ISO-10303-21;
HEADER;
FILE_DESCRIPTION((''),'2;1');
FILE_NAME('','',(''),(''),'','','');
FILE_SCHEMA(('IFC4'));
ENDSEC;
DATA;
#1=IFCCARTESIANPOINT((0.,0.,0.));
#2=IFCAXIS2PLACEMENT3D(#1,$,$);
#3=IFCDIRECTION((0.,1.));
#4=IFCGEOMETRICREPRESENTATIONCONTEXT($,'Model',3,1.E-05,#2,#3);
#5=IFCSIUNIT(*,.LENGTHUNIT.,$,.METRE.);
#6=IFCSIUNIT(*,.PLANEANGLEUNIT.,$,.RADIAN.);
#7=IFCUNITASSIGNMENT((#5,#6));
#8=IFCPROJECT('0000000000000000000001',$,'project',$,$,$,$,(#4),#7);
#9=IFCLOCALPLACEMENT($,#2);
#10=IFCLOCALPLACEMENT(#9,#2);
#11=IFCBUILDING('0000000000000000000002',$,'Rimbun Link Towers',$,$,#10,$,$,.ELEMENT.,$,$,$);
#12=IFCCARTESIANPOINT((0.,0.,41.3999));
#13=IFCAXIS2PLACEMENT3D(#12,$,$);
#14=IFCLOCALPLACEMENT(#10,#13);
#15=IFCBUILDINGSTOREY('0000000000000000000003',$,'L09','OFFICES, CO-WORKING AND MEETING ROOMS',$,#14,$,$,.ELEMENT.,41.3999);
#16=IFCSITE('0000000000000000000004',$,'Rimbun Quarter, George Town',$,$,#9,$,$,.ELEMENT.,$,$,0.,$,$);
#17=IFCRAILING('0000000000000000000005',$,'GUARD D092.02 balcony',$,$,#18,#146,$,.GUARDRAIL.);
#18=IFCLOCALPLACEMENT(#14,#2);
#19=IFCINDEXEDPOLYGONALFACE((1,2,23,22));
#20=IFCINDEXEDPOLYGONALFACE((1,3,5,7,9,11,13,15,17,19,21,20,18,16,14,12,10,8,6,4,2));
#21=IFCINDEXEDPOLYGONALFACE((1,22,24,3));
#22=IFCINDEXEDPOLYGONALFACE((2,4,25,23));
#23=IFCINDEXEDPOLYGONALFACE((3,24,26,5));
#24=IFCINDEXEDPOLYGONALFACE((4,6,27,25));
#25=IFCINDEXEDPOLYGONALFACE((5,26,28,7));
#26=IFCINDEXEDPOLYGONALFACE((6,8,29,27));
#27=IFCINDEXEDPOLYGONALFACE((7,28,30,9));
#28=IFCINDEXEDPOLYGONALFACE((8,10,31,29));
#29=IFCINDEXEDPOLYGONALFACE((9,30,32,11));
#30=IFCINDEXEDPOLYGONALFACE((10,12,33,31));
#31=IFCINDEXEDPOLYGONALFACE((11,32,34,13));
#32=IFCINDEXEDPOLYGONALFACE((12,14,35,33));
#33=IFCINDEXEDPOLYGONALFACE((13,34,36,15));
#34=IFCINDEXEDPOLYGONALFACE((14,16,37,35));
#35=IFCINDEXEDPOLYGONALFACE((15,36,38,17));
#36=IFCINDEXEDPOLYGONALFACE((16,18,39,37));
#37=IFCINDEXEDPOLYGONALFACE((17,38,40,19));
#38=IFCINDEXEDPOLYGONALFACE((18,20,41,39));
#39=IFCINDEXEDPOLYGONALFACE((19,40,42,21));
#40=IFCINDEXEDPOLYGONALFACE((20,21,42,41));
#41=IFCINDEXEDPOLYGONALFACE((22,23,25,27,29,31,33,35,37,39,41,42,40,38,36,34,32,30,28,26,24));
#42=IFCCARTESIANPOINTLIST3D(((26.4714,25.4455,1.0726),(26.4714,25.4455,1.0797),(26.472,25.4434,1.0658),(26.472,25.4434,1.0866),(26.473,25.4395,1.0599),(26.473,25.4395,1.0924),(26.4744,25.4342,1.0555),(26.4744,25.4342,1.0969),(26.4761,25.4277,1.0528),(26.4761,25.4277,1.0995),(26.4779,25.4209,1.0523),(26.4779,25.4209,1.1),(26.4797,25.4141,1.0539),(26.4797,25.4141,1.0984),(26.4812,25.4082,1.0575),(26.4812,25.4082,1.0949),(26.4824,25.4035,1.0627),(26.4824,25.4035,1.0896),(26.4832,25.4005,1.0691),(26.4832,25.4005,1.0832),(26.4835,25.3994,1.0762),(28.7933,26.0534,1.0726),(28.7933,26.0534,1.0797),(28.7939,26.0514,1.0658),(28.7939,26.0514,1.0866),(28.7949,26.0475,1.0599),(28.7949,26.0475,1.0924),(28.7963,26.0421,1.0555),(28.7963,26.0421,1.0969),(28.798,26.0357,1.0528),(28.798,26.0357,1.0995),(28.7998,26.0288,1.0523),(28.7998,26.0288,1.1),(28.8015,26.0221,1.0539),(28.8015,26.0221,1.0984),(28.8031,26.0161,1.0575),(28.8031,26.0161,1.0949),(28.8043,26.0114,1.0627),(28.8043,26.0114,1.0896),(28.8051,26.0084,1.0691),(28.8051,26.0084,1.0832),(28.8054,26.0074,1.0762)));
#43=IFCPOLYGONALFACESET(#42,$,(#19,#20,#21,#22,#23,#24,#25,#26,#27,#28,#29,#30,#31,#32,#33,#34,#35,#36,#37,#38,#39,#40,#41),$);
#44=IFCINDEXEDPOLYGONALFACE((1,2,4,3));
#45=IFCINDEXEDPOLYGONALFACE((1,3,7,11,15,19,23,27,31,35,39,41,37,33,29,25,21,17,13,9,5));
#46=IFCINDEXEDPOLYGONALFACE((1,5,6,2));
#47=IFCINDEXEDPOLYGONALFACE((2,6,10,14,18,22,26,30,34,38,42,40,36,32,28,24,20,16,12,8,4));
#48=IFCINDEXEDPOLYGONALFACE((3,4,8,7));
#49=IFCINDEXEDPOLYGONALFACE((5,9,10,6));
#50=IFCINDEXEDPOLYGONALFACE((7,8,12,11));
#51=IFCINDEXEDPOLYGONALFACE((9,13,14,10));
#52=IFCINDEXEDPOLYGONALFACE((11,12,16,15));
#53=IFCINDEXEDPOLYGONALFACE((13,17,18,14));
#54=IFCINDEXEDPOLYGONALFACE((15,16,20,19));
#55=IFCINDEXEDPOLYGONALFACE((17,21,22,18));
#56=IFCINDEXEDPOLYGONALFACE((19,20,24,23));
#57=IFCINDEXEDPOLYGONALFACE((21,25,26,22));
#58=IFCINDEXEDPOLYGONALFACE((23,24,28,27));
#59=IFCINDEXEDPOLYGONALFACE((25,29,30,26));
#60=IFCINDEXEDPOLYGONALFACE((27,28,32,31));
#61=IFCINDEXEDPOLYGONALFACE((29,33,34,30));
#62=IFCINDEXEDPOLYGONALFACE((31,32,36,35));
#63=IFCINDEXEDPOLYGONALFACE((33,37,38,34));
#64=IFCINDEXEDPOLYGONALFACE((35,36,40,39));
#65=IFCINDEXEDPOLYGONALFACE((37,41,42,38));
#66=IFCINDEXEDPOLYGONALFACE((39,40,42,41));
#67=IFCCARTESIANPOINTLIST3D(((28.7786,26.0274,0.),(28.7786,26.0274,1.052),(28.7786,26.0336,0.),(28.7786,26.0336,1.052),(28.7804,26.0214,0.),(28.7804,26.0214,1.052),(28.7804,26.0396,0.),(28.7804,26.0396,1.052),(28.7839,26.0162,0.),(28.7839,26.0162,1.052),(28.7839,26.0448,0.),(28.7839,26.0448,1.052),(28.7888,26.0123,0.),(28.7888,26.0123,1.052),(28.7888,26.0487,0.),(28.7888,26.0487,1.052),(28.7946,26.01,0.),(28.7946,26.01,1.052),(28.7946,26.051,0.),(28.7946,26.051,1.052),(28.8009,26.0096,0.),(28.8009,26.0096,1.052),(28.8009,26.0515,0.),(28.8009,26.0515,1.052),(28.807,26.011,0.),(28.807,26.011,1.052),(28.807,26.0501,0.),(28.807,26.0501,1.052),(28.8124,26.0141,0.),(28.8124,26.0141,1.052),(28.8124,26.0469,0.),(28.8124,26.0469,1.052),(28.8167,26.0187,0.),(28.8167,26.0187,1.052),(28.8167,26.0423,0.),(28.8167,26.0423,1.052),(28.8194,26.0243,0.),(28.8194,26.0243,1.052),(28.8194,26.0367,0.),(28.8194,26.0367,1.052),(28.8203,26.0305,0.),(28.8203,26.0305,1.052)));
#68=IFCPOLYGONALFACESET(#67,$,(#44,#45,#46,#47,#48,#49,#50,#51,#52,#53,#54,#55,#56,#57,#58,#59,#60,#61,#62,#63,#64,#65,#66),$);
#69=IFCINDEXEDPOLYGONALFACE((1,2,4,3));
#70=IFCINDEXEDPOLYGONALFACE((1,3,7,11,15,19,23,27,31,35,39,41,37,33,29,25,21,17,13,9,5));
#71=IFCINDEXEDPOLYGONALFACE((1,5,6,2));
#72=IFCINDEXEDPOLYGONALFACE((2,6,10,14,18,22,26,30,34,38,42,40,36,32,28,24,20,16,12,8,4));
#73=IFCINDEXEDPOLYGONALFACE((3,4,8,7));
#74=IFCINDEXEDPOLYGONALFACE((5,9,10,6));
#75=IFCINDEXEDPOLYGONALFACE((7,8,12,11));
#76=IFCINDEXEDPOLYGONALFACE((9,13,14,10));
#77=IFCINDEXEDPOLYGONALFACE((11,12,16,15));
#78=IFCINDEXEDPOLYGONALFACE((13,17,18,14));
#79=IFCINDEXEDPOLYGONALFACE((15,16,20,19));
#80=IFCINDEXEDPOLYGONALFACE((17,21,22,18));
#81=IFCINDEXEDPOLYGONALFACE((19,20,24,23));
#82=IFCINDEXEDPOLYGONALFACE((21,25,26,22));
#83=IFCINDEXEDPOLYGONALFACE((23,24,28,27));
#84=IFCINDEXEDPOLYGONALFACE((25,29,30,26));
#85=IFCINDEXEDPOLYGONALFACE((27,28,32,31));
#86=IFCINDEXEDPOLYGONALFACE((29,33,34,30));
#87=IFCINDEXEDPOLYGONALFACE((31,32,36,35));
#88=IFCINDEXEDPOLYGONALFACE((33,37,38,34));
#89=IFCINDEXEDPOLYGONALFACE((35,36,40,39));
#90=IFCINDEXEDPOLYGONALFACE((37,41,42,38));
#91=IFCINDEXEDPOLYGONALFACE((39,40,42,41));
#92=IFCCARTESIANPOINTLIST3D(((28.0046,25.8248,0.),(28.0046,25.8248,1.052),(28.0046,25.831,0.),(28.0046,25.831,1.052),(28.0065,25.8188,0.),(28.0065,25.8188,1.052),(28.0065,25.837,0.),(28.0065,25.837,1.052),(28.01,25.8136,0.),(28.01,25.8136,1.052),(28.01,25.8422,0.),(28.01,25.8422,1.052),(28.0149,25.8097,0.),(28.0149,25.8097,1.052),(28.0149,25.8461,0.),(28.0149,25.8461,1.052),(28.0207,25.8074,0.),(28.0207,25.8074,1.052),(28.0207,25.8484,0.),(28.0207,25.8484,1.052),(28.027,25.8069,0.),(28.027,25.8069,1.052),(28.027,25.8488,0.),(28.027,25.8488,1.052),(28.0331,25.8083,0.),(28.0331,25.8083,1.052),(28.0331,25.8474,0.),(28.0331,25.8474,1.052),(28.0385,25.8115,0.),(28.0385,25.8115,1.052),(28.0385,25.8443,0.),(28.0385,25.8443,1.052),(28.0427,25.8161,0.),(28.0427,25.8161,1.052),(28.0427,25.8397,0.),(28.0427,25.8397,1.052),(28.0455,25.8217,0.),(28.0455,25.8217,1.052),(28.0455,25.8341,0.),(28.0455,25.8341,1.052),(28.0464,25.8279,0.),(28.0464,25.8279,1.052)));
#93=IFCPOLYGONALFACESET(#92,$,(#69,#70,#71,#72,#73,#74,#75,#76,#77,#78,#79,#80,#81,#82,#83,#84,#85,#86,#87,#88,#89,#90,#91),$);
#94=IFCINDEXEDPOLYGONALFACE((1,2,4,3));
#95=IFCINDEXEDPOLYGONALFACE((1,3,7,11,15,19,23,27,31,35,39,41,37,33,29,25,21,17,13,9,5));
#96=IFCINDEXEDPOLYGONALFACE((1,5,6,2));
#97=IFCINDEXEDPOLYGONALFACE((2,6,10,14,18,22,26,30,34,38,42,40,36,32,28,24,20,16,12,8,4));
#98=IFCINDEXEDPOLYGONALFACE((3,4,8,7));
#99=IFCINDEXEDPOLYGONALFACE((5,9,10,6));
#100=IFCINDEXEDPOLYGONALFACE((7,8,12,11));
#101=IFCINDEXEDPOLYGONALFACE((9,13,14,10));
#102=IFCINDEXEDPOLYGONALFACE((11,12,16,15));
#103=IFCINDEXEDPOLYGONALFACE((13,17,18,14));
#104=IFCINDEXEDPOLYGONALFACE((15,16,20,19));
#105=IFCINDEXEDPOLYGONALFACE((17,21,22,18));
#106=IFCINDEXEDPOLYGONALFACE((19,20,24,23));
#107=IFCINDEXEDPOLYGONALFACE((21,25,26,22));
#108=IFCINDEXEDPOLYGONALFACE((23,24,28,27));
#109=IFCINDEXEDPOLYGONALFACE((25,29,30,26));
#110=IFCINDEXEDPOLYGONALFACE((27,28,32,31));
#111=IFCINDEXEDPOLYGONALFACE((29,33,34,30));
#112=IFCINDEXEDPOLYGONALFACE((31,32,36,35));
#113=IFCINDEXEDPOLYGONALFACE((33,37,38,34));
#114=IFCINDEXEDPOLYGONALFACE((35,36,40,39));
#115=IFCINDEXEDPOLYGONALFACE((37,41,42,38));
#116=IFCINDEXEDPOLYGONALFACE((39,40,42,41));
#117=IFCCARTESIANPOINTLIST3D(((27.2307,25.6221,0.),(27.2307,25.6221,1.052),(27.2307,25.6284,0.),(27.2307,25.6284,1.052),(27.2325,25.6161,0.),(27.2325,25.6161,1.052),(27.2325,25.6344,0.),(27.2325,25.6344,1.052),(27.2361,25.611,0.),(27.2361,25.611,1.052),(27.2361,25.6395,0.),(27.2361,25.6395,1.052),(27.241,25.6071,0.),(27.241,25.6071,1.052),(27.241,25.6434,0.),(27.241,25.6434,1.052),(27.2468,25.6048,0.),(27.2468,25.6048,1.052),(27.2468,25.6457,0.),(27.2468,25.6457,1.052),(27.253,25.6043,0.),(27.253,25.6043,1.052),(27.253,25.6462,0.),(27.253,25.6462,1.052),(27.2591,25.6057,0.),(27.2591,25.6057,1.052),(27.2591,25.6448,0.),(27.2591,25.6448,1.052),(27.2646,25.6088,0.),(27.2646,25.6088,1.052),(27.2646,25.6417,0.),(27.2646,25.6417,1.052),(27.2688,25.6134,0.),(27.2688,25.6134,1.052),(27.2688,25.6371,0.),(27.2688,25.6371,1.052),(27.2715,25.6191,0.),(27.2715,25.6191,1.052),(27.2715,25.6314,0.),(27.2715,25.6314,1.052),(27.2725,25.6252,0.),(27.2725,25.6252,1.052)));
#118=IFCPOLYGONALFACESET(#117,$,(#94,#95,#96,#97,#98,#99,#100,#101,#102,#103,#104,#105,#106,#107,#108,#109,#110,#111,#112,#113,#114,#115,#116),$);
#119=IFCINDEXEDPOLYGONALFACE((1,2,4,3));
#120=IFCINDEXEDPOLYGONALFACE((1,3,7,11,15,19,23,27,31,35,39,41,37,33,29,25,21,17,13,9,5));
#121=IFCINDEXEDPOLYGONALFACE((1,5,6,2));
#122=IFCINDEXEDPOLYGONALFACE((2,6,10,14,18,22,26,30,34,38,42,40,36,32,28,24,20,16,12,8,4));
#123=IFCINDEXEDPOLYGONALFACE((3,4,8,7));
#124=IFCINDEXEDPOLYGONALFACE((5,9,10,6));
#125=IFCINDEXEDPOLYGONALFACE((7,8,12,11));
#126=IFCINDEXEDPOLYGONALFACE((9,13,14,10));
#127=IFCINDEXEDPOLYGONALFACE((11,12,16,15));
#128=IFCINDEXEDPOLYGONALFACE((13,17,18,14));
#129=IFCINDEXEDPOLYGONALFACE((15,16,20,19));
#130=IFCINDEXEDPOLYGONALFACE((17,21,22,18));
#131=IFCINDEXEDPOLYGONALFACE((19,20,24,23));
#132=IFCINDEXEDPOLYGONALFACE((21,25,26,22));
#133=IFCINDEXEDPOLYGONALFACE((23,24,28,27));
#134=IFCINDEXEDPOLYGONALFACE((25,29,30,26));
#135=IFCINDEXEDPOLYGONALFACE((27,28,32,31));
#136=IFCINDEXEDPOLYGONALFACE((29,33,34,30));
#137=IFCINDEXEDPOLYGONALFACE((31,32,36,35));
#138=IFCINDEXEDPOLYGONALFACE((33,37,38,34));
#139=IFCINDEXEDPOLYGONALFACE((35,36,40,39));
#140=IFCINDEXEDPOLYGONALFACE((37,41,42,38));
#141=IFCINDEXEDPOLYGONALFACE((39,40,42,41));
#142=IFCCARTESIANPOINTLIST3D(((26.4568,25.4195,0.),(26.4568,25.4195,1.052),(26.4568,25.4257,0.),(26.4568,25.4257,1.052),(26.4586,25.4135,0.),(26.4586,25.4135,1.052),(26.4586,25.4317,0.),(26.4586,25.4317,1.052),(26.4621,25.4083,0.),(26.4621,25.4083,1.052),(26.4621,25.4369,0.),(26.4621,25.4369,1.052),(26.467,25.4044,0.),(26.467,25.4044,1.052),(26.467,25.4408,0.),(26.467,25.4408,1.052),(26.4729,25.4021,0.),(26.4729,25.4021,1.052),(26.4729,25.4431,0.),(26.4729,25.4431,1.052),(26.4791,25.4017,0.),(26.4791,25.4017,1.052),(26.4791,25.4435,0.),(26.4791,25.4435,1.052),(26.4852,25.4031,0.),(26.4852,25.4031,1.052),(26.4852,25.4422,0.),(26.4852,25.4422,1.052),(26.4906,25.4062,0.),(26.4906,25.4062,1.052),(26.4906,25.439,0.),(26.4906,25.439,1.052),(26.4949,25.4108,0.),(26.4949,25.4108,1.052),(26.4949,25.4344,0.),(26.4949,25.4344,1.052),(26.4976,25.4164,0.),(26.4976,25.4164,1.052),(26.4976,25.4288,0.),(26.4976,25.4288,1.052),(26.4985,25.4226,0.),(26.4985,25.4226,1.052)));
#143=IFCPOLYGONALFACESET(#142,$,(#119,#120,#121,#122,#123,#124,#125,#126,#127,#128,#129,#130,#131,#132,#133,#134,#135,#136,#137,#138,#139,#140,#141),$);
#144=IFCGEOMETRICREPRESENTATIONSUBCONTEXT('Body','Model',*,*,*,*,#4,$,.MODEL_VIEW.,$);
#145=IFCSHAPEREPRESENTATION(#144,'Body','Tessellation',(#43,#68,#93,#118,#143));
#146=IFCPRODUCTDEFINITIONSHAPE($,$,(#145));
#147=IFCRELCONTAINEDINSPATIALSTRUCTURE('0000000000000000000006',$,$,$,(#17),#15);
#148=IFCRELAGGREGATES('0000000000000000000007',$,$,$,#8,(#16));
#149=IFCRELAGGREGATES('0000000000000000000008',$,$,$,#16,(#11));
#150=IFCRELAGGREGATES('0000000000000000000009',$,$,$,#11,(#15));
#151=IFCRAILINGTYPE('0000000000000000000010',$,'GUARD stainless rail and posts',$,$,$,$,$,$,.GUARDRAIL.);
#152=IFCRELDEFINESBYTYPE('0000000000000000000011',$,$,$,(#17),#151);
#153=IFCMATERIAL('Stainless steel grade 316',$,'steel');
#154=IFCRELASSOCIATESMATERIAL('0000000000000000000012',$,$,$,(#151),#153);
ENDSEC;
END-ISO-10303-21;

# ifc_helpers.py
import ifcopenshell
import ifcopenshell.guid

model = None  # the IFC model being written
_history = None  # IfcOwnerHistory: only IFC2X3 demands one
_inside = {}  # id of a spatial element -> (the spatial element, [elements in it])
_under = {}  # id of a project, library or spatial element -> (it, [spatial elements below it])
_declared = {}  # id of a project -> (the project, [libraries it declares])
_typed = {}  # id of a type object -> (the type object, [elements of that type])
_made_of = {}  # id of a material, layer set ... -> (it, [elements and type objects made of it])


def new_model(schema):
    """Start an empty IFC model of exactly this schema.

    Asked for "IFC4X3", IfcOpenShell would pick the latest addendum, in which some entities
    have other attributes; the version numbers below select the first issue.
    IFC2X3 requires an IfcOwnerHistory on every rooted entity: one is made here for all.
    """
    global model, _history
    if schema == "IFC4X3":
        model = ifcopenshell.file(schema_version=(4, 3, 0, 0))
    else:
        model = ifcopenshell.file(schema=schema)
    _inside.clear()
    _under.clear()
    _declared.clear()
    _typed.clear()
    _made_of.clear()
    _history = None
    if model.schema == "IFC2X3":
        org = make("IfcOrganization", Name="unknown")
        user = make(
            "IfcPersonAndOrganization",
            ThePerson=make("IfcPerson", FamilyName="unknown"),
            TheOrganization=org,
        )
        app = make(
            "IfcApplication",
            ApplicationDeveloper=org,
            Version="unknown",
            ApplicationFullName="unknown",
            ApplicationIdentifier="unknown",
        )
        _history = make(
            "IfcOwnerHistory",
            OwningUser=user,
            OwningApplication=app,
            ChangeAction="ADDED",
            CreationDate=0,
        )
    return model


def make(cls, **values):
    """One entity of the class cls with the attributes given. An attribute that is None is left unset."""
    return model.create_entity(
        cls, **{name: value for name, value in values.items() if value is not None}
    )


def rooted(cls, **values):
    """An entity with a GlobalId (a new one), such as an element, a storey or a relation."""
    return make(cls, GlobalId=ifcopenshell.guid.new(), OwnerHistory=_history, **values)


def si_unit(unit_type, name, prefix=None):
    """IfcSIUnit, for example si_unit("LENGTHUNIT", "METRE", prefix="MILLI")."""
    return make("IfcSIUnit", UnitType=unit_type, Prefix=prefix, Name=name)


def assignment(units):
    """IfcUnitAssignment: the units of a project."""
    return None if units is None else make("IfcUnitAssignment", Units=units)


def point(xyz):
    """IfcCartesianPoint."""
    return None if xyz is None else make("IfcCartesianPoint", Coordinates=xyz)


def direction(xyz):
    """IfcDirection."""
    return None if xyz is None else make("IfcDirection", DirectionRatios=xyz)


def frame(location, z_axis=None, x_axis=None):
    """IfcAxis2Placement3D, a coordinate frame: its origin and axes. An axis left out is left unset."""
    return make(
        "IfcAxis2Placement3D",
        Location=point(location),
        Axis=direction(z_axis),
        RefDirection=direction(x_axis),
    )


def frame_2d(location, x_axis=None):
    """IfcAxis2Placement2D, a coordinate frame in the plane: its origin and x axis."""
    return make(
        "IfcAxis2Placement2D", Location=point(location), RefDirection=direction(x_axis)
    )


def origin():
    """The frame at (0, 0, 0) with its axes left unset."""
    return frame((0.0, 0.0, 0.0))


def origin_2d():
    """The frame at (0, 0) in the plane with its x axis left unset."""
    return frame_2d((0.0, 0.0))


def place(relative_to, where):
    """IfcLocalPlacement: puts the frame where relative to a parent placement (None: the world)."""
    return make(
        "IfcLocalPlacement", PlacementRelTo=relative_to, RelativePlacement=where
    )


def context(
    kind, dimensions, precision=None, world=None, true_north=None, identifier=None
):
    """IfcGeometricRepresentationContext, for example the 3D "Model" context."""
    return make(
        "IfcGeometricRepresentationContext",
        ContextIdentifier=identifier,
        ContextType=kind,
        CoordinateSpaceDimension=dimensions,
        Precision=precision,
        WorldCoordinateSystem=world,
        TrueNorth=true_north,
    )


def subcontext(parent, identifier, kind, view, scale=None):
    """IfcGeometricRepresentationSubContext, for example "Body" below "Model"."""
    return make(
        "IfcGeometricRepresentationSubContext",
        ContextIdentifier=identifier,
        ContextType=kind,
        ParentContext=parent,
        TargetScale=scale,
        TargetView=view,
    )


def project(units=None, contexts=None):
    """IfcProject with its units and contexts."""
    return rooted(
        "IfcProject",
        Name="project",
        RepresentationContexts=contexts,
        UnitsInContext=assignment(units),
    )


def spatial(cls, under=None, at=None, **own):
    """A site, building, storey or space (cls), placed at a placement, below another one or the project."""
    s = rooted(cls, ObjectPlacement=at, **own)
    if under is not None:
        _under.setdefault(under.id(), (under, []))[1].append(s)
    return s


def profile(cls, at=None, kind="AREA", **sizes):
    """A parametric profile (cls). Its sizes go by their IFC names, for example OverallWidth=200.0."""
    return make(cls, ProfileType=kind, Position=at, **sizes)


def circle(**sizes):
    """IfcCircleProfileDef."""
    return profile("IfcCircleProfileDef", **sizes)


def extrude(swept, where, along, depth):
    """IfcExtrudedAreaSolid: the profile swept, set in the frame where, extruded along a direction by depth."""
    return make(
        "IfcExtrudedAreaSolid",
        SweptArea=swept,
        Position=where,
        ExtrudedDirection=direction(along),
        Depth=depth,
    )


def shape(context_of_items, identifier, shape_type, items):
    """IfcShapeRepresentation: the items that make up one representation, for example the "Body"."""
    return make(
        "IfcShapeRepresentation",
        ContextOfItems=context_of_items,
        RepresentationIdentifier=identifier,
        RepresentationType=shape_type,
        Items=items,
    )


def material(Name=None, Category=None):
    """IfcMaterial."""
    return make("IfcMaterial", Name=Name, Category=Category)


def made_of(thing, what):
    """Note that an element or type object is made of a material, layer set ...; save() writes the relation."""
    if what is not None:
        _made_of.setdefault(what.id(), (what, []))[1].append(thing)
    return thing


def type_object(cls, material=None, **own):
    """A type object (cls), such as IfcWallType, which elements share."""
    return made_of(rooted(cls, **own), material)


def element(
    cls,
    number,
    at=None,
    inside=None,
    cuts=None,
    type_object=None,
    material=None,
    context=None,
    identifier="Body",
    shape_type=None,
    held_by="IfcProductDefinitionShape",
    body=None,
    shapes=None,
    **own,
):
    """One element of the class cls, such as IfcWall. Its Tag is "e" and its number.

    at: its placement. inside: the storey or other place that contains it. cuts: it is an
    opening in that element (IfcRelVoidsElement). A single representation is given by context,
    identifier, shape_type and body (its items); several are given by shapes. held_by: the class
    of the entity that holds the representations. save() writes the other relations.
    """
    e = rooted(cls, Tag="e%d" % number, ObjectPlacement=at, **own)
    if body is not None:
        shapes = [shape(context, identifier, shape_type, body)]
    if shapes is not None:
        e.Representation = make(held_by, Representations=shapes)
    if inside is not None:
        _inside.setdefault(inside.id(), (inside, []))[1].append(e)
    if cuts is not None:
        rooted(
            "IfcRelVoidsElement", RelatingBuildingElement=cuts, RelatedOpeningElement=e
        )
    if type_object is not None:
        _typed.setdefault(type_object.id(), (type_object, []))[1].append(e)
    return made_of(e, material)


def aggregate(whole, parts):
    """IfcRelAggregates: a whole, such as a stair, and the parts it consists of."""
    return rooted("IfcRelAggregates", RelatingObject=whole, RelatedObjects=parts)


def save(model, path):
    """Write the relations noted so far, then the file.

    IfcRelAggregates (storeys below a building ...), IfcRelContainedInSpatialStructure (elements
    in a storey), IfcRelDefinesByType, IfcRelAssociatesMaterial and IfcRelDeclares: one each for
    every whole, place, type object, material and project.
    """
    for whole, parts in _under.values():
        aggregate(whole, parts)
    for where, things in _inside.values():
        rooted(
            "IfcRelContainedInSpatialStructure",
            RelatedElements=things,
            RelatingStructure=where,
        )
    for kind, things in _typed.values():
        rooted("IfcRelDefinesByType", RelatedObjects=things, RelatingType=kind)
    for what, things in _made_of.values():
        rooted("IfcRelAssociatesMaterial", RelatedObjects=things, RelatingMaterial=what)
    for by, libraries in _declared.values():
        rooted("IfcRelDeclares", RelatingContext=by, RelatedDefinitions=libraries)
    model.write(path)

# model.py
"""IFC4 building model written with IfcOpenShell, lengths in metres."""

from ifc_helpers import new_model, si_unit, direction, frame, origin, origin_2d, place, context, subcontext, project, spatial, circle, extrude, material, type_object, element, save


model = new_model("IFC4")

# Units and contexts
model_context = context("Model", 3, precision=1e-05, world=origin(), true_north=direction((0.0, 1.0)))
body_context = subcontext(model_context, "Body", "Model", "MODEL_VIEW")
ifc_project = project(units=[si_unit("LENGTHUNIT", "METRE"), si_unit("PLANEANGLEUNIT", "RADIAN")], contexts=[model_context])

# Site, building, storey
site_placement = place(None, origin())
site = spatial("IfcSite", under=ifc_project, at=site_placement, Name="Rimbun Quarter, George Town", CompositionType="ELEMENT", RefElevation=0.0)
building_placement = place(site_placement, origin())
building = spatial("IfcBuilding", under=site, at=building_placement, Name="Rimbun Link Towers", CompositionType="ELEMENT")
storey_placement = place(building_placement, frame((0.0, 0.0, 41.3999)))
storey = spatial("IfcBuildingStorey", under=building, at=storey_placement, Name="L09", Description="OFFICES, CO-WORKING AND MEETING ROOMS", CompositionType="ELEMENT", Elevation=41.3999)

# Railing
ifc_material_1 = material(Name="Stainless steel grade 316", Category="steel")
railing_type = type_object("IfcRailingType", Name="GUARD stainless rail and posts", PredefinedType="GUARDRAIL", material=ifc_material_1)
railing_1_placement = place(storey_placement, frame((28.7993, 26.0305, 0.0)))
element("IfcRailing", 1, at=railing_1_placement, inside=storey, type_object=railing_type, Name="GUARD D092.02 balcony", PredefinedType="GUARDRAIL", context=body_context, shape_type="SweptSolid", body=[
    extrude(circle(Radius=0.0239, at=origin_2d()), frame((0.0, 0.0, 1.0762), z_axis=(-0.96739, -0.253291, 0.0), x_axis=(0.253291, -0.96739, 0.0)), (0.0, 0.0, 1.0), 2.4001),
    extrude(circle(Radius=0.021, at=origin_2d()), origin(), (0.0, 0.0, 1.0), 1.052),
    extrude(circle(Radius=0.021, at=origin_2d()), frame((-0.7739, -0.2026, 0.0)), (0.0, 0.0, 1.0), 1.052),
    extrude(circle(Radius=0.021, at=origin_2d()), frame((-1.5479, -0.4053, 0.0)), (0.0, 0.0, 1.0), 1.052),
    extrude(circle(Radius=0.021, at=origin_2d()), frame((-2.3218, -0.6079, 0.0)), (0.0, 0.0, 1.0), 1.052),
])

save(model, "model.ifc")
